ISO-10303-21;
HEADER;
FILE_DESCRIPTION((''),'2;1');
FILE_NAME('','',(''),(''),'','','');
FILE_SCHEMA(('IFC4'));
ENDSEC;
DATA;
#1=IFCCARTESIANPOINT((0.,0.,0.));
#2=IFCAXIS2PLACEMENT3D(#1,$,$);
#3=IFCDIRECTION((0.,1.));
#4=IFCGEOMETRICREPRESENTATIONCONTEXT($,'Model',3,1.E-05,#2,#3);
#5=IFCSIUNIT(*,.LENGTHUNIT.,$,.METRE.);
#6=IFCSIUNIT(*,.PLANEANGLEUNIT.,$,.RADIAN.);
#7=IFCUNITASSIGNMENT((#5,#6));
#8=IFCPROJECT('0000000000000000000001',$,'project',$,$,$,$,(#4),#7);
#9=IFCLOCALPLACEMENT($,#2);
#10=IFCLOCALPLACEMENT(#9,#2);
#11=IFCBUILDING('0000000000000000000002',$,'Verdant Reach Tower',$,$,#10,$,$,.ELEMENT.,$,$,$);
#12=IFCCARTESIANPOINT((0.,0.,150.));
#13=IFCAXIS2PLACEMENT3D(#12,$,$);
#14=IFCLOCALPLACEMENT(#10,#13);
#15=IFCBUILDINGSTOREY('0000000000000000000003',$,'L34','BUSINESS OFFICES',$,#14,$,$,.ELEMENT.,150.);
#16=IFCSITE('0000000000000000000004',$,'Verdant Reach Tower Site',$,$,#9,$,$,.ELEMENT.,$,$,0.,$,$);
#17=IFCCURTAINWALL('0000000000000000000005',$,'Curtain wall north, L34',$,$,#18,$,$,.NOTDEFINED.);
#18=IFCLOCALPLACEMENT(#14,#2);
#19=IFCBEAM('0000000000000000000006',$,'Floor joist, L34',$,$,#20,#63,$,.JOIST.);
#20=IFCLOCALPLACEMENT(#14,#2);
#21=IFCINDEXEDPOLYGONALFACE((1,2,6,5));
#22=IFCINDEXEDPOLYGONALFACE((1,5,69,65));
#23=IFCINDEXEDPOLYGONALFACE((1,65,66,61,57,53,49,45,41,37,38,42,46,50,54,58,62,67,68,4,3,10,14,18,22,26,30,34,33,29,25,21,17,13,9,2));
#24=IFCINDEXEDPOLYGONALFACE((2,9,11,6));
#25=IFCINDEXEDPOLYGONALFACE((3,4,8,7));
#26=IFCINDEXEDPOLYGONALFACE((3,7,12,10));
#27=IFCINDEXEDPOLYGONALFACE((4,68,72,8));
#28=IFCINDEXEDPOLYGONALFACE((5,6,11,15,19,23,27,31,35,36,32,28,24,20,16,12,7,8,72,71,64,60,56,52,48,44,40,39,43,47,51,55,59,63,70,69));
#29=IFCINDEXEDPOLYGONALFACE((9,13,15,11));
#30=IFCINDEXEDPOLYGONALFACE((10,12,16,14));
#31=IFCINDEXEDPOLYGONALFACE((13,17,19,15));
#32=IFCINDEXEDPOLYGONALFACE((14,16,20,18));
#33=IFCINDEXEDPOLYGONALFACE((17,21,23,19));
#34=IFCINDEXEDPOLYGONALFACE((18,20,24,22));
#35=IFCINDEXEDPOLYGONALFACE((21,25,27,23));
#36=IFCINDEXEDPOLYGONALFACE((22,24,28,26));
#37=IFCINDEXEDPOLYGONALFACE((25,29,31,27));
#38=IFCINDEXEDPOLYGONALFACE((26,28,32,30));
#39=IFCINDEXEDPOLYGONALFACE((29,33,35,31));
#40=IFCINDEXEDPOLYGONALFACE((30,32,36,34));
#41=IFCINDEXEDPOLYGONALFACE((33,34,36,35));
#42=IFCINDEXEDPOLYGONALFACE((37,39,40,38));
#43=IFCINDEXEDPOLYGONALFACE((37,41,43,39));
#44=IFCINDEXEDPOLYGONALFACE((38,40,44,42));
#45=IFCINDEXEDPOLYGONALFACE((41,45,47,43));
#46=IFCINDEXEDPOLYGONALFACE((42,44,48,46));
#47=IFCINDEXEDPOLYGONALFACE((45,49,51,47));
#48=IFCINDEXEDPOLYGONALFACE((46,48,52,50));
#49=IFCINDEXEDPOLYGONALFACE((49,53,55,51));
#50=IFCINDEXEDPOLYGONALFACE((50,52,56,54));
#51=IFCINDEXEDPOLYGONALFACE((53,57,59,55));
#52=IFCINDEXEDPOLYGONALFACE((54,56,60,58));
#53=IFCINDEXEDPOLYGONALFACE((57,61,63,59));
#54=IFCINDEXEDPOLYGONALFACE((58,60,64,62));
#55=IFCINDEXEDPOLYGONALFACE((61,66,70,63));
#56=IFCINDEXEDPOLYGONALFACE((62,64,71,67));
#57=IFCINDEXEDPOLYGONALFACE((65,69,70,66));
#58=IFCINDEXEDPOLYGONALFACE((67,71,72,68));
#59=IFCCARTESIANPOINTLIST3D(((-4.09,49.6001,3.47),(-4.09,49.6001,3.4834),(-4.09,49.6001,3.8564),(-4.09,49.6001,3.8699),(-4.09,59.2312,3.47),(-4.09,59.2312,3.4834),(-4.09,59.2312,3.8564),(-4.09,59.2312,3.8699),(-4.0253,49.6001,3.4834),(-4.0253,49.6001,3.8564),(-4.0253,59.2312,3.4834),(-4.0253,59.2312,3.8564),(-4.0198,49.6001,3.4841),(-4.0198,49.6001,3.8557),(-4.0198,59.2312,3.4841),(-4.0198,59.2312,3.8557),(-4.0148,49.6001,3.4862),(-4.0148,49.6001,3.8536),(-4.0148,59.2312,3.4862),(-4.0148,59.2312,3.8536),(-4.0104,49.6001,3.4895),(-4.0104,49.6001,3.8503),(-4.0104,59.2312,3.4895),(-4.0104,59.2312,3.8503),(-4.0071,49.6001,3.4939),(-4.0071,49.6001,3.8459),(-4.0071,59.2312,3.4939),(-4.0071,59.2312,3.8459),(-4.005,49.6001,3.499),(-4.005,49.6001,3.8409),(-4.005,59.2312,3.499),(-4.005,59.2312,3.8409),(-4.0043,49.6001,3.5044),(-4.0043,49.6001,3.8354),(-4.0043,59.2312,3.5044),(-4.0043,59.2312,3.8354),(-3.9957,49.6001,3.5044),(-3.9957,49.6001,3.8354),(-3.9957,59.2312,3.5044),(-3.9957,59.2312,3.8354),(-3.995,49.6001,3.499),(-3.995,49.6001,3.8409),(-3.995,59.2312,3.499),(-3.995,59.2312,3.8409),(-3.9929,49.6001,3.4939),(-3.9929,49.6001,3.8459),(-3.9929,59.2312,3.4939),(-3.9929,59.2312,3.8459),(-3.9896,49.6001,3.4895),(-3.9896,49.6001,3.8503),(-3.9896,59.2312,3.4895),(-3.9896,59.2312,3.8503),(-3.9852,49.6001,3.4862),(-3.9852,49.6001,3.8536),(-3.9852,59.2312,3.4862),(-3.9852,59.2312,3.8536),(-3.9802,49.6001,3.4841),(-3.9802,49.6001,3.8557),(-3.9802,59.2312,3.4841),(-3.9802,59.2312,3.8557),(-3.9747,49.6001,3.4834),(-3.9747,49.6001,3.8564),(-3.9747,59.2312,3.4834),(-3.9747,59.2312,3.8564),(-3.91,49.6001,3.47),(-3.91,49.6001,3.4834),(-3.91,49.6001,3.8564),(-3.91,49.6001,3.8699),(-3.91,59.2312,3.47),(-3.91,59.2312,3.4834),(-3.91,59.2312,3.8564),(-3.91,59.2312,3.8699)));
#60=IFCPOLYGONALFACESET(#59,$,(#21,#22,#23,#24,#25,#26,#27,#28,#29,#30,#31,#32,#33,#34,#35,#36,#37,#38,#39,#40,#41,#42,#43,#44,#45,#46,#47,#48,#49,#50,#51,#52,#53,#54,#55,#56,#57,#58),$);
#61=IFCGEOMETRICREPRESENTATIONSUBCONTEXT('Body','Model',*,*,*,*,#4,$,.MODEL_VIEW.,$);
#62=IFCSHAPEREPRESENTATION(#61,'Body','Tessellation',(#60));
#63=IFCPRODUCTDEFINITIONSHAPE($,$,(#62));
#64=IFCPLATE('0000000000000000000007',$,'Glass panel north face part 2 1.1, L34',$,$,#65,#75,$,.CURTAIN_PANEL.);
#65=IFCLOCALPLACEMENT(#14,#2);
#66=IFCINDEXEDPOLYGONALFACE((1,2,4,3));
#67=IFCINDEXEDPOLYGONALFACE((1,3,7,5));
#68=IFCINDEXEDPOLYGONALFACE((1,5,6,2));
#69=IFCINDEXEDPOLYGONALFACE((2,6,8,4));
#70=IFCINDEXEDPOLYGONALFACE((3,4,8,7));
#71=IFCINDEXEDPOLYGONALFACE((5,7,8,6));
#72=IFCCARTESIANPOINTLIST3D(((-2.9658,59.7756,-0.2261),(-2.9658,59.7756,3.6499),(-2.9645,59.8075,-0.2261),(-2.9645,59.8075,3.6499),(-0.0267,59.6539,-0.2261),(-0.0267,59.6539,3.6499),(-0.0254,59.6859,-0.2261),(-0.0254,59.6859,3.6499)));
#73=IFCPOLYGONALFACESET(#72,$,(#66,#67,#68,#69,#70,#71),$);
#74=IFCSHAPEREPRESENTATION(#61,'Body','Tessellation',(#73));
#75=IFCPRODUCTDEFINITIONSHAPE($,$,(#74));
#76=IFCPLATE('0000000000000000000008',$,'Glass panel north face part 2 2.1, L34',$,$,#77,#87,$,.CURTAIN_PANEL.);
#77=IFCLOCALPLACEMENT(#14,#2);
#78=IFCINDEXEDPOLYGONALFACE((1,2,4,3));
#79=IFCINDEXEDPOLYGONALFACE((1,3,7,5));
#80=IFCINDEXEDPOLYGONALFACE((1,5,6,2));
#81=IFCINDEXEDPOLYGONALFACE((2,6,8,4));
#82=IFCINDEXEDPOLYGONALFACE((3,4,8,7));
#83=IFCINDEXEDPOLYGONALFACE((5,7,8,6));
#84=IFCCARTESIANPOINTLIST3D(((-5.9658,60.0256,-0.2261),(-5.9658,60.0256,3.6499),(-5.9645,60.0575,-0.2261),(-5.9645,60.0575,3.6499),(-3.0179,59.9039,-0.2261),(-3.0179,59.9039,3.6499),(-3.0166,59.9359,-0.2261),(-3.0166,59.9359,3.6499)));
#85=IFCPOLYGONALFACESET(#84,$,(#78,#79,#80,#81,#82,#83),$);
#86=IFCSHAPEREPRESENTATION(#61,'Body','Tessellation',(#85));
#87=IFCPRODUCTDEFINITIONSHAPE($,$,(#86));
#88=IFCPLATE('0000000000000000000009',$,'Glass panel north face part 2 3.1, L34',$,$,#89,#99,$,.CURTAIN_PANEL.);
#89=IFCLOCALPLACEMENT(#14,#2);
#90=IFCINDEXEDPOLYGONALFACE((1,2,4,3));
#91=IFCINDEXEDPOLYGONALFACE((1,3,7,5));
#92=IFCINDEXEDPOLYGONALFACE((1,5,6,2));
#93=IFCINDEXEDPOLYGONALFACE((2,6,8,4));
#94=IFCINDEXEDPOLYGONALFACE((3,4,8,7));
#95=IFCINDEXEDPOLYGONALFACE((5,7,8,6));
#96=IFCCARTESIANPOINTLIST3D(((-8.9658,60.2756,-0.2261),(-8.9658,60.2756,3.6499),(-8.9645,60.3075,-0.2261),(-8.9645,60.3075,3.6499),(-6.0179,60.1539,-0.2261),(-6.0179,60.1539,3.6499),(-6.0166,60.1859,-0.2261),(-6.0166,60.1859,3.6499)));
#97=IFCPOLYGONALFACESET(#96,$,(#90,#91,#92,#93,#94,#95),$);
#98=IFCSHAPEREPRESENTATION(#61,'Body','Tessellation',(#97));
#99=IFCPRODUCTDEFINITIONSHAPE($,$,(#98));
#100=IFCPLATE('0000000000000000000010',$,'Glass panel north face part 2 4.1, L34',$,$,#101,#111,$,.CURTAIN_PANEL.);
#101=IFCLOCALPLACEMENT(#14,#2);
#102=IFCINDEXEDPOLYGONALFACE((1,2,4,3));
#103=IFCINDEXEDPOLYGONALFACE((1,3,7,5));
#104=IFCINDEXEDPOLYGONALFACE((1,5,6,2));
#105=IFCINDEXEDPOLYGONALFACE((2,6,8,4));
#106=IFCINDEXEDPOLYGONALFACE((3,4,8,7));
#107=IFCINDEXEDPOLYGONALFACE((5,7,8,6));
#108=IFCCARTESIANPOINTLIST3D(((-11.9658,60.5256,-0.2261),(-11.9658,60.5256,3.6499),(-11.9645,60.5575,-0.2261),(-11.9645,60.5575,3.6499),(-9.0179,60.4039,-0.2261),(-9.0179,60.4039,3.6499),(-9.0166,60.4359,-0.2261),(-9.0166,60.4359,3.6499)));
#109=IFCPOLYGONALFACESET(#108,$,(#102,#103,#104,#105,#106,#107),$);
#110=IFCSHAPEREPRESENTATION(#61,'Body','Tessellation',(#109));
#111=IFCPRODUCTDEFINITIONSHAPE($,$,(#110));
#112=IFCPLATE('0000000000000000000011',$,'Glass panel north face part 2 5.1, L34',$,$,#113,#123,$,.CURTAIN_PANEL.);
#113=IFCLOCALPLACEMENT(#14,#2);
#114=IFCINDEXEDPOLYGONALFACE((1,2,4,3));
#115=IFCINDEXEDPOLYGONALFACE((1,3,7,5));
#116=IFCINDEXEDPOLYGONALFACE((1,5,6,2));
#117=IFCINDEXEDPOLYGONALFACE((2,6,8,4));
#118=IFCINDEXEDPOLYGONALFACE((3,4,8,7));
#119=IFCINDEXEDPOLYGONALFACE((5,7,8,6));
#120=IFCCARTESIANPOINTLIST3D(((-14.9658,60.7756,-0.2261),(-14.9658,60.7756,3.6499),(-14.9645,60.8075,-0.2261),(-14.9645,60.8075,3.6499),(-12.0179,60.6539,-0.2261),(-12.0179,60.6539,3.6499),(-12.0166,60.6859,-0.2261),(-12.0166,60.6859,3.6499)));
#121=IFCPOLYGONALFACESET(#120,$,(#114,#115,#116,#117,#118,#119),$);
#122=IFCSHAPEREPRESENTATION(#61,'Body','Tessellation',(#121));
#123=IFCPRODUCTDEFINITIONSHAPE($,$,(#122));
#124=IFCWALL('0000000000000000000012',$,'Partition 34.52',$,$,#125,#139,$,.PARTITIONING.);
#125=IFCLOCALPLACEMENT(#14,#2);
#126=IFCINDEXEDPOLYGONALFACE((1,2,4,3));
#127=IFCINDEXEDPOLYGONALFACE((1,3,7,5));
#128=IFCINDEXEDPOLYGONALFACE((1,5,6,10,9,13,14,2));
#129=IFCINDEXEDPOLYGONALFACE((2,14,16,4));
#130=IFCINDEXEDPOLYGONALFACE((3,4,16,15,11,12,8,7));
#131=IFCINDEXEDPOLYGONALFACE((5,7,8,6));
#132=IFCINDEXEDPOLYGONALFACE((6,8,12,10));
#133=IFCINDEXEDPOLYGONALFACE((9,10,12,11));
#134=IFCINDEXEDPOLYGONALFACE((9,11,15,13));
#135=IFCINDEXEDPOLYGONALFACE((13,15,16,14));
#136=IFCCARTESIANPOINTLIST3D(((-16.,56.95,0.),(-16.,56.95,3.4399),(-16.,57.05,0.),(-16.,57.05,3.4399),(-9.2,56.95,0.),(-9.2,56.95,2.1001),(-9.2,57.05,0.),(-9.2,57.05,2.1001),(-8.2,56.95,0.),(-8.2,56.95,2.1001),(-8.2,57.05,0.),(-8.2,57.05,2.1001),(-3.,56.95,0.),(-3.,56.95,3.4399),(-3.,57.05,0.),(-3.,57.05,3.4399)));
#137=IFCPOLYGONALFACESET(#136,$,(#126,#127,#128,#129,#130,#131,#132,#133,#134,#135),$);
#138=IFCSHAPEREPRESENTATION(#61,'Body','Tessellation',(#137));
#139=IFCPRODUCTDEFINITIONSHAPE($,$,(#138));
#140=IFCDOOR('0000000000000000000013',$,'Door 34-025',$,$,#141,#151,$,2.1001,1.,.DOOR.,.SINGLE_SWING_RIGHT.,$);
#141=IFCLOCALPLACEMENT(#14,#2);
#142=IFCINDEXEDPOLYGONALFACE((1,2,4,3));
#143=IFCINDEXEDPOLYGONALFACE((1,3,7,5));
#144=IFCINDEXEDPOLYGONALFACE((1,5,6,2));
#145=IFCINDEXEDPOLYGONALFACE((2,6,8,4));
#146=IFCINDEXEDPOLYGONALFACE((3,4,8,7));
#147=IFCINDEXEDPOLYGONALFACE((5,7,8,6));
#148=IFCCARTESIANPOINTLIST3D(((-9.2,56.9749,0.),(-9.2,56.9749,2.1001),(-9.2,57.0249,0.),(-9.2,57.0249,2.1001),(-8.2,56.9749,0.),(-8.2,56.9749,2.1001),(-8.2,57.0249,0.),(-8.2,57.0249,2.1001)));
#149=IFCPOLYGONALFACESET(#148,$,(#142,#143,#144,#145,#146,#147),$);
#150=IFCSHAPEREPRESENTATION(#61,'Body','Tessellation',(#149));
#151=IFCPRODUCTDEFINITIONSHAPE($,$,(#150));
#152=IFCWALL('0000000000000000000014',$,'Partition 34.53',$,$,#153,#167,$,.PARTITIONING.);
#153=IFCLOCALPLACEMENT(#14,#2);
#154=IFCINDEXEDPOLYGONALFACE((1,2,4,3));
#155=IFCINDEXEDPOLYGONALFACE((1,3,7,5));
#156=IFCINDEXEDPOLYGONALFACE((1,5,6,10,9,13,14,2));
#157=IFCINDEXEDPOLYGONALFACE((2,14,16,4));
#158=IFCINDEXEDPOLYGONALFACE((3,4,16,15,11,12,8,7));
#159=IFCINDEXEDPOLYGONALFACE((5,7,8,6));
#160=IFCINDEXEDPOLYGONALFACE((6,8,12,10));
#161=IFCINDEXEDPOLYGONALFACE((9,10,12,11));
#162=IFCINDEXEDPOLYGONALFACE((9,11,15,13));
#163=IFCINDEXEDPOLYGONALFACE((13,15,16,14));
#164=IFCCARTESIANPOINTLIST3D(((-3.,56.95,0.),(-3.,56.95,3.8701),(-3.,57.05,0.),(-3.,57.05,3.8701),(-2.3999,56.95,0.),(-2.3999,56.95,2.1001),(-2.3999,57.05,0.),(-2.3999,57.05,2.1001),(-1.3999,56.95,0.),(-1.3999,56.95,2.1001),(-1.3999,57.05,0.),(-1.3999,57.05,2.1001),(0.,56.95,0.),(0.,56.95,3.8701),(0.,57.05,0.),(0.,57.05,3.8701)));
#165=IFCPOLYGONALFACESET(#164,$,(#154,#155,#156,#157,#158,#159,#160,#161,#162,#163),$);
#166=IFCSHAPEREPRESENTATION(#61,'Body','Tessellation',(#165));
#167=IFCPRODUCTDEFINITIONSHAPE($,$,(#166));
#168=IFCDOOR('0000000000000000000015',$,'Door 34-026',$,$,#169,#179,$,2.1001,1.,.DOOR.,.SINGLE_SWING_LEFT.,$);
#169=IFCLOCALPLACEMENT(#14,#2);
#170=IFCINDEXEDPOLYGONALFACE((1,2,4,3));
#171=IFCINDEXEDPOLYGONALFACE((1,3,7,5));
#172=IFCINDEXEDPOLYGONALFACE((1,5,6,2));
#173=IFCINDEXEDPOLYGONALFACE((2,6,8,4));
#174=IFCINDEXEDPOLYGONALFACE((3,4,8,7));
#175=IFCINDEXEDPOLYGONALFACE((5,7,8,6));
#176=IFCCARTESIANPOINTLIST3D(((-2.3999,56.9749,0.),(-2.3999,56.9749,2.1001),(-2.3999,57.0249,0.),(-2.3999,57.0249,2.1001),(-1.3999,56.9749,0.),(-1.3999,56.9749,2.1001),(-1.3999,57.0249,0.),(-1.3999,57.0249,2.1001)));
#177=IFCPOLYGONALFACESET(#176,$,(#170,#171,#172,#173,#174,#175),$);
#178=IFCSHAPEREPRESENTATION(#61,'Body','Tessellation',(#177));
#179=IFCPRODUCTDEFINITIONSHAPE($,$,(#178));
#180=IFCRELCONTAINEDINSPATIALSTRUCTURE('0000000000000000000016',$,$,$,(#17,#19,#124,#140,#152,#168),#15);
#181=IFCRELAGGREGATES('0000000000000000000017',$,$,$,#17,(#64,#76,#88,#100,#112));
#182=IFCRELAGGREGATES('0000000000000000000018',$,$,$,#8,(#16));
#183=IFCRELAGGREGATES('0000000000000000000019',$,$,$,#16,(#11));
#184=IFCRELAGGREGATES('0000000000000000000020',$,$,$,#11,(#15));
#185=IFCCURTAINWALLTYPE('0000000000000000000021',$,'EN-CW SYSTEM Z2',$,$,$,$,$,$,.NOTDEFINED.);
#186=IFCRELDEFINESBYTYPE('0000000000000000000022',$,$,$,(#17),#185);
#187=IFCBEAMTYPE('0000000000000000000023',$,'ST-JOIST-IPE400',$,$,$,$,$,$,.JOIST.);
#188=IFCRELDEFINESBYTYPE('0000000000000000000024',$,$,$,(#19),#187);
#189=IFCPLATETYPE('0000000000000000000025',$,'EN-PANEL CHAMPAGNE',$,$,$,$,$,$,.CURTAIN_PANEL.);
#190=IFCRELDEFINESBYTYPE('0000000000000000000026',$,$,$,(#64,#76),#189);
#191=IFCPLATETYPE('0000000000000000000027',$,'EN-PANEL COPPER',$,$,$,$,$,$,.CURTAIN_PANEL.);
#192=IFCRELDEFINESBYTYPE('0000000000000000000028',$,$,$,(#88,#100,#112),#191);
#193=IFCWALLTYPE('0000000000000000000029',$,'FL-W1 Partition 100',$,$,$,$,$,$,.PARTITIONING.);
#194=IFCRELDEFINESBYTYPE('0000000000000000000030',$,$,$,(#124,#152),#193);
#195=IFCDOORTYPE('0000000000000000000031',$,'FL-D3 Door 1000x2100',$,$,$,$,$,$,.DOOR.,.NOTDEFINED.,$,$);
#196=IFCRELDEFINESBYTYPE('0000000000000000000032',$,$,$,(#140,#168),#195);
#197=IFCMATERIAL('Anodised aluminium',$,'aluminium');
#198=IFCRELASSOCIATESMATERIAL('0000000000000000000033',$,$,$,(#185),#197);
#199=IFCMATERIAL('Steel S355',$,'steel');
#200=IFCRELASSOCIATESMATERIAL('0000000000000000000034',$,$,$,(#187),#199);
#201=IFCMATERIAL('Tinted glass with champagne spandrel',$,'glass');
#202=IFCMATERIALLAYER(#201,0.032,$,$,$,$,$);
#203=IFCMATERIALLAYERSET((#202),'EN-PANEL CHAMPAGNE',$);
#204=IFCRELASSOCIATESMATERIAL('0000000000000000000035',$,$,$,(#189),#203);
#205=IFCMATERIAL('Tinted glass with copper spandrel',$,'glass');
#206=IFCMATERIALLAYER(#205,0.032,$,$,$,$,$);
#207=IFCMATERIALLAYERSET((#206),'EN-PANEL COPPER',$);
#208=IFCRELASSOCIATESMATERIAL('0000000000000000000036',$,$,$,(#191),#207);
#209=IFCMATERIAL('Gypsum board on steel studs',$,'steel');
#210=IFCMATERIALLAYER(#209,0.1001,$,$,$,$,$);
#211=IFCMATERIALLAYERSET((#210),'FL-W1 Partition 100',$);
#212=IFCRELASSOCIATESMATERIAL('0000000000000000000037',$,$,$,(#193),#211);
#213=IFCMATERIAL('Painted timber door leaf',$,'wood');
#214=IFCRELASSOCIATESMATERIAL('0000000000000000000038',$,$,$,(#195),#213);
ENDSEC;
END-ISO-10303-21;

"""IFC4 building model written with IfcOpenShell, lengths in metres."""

from ifc_helpers import new_model, si_unit, direction, frame, frame_2d, origin, origin_2d, place, context, subcontext, project, spatial, rectangle, i_section, extrude, material, layer, layer_set, material_profile, profile_set, type_object, element, fill, aggregate, save


model = new_model("IFC4")

# Units and contexts
model_context = context("Model", 3, precision=1e-05, world=origin(), true_north=direction((0.0, 1.0)))
body_context = subcontext(model_context, "Body", "Model", "MODEL_VIEW")
ifc_project = project(units=[si_unit("LENGTHUNIT", "METRE"), si_unit("PLANEANGLEUNIT", "RADIAN")], contexts=[model_context])

# Site, building, storey
site_placement = place(None, origin())
site = spatial("IfcSite", under=ifc_project, at=site_placement, Name="Verdant Reach Tower Site", CompositionType="ELEMENT", RefElevation=0.0)
building_placement = place(site_placement, origin())
building = spatial("IfcBuilding", under=site, at=building_placement, Name="Verdant Reach Tower", CompositionType="ELEMENT")
storey_placement = place(building_placement, frame((0.0, 0.0, 150.0)))
storey = spatial("IfcBuildingStorey", under=building, at=storey_placement, Name="L34", Description="BUSINESS OFFICES", CompositionType="ELEMENT", Elevation=150.0)

# Curtain wall
ifc_material_1 = material(Name="Anodised aluminium", Category="aluminium")
curtain_wall_type = type_object("IfcCurtainWallType", Name="EN-CW SYSTEM Z2", PredefinedType="NOTDEFINED", material=ifc_material_1)
curtain_wall_placement = place(storey_placement, origin())
curtain_wall = element("IfcCurtainWall", 1, at=curtain_wall_placement, inside=storey, type_object=curtain_wall_type, Name="Curtain wall north, L34", PredefinedType="NOTDEFINED")

# Beam
ifc_material_2 = material(Name="Steel S355", Category="steel")
ifc_material_profile_1 = material_profile(ifc_material_2, i_section(OverallWidth=0.1799, OverallDepth=0.3999, WebThickness=0.0085, FlangeThickness=0.0134, FilletRadius=0.021, at=origin_2d()), Name="IPE 400")
ifc_profile_set_1 = profile_set([ifc_material_profile_1], Name="Steel S355")
beam_type_1 = type_object("IfcBeamType", Name="ST-JOIST-IPE400", PredefinedType="JOIST", material=ifc_profile_set_1)
beam_1_placement = place(storey_placement, frame((-4.0, 49.6001, 3.6699), z_axis=(0.0, 1.0, 0.0), x_axis=(-1.0, 0.0, 0.0)))
element("IfcBeam", 2, at=beam_1_placement, inside=storey, type_object=beam_type_1, Name="Floor joist, L34", PredefinedType="JOIST", context=body_context, shape_type="SweptSolid", body=[
    extrude(i_section(OverallWidth=0.1799, OverallDepth=0.3999, WebThickness=0.0085, FlangeThickness=0.0134, FilletRadius=0.021, at=origin_2d()), origin(), (0.0, 0.0, 1.0), 9.6311),
])

# Plates
ifc_material_3 = material(Name="Tinted glass with champagne spandrel", Category="glass")
ifc_layer_1 = layer(ifc_material_3, 0.032)
ifc_layer_set_1 = layer_set([ifc_layer_1], Name="EN-PANEL CHAMPAGNE")
plate_type_1 = type_object("IfcPlateType", Name="EN-PANEL CHAMPAGNE", PredefinedType="CURTAIN_PANEL", material=ifc_layer_set_1)
plate_1_placement = place(storey_placement, frame((-1.4956, 59.7307, -0.2261), z_axis=(0.0, 0.0, 1.0), x_axis=(-0.999144, 0.041364, 0.0)))
plate_1 = element("IfcPlate", 3, at=plate_1_placement, type_object=plate_type_1, Name="Glass panel north face part 2 1.1, L34", PredefinedType="CURTAIN_PANEL", context=body_context, shape_type="SweptSolid", body=[
    extrude(rectangle(XDim=2.9417, YDim=0.032, at=origin_2d()), origin(), (0.0, 0.0, 1.0), 3.876),
])
plate_2_placement = place(storey_placement, frame((-4.4912, 59.9807, -0.2261), z_axis=(0.0, 0.0, 1.0), x_axis=(-0.999149, 0.041242, 0.0)))
plate_2 = element("IfcPlate", 4, at=plate_2_placement, type_object=plate_type_1, Name="Glass panel north face part 2 2.1, L34", PredefinedType="CURTAIN_PANEL", context=body_context, shape_type="SweptSolid", body=[
    extrude(rectangle(XDim=2.9504, YDim=0.032, at=origin_2d()), origin(), (0.0, 0.0, 1.0), 3.876),
])
ifc_material_4 = material(Name="Tinted glass with copper spandrel", Category="glass")
ifc_layer_2 = layer(ifc_material_4, 0.032)
ifc_layer_set_2 = layer_set([ifc_layer_2], Name="EN-PANEL COPPER")
plate_type_2 = type_object("IfcPlateType", Name="EN-PANEL COPPER", PredefinedType="CURTAIN_PANEL", material=ifc_layer_set_2)
plate_3_placement = place(storey_placement, frame((-7.4912, 60.2307, -0.2261), z_axis=(0.0, 0.0, 1.0), x_axis=(-0.999149, 0.041242, 0.0)))
plate_3 = element("IfcPlate", 5, at=plate_3_placement, type_object=plate_type_2, Name="Glass panel north face part 2 3.1, L34", PredefinedType="CURTAIN_PANEL", context=body_context, shape_type="SweptSolid", body=[
    extrude(rectangle(XDim=2.9504, YDim=0.032, at=origin_2d()), origin(), (0.0, 0.0, 1.0), 3.876),
])
plate_4_placement = place(storey_placement, frame((-10.4912, 60.4807, -0.2261), z_axis=(0.0, 0.0, 1.0), x_axis=(-0.999149, 0.041242, 0.0)))
plate_4 = element("IfcPlate", 6, at=plate_4_placement, type_object=plate_type_2, Name="Glass panel north face part 2 4.1, L34", PredefinedType="CURTAIN_PANEL", context=body_context, shape_type="SweptSolid", body=[
    extrude(rectangle(XDim=2.9504, YDim=0.032, at=origin_2d()), origin(), (0.0, 0.0, 1.0), 3.876),
])
plate_5_placement = place(storey_placement, frame((-13.4912, 60.7307, -0.2261), z_axis=(0.0, 0.0, 1.0), x_axis=(-0.999149, 0.041242, 0.0)))
plate_5 = element("IfcPlate", 7, at=plate_5_placement, type_object=plate_type_2, Name="Glass panel north face part 2 5.1, L34", PredefinedType="CURTAIN_PANEL", context=body_context, shape_type="SweptSolid", body=[
    extrude(rectangle(XDim=2.9504, YDim=0.032, at=origin_2d()), origin(), (0.0, 0.0, 1.0), 3.876),
])
aggregate(curtain_wall, [plate_1, plate_2, plate_3, plate_4, plate_5])

# Walls, openings, doors
ifc_material_5 = material(Name="Gypsum board on steel studs", Category="steel")
ifc_layer_3 = layer(ifc_material_5, 0.1001)
ifc_layer_set_3 = layer_set([ifc_layer_3], Name="FL-W1 Partition 100")
wall_type = type_object("IfcWallType", Name="FL-W1 Partition 100", PredefinedType="PARTITIONING", material=ifc_layer_set_3)
wall_1_placement = place(storey_placement, frame((-16.0, 57.0, 0.0), z_axis=(0.0, 0.0, 1.0), x_axis=(1.0, 0.0, 0.0)))
wall_1 = element("IfcWall", 8, at=wall_1_placement, inside=storey, type_object=wall_type, Name="Partition 34.52", PredefinedType="PARTITIONING", context=body_context, shape_type="SweptSolid", body=[
    extrude(rectangle(XDim=13.0, YDim=0.1001, at=frame_2d((6.5, 0.0))), origin(), (0.0, 0.0, 1.0), 3.4399),
])
opening_1_placement = place(wall_1_placement, frame((6.8, 0.0, 0.0)))
opening_1 = element("IfcOpeningElement", 9, at=opening_1_placement, cuts=wall_1, PredefinedType="OPENING", context=body_context, shape_type="SweptSolid", body=[
    extrude(rectangle(XDim=1.0, YDim=2.1001, at=frame_2d((0.5, 1.05))), frame((0.0, 0.0601, 0.0), z_axis=(0.0, -1.0, 0.0), x_axis=(1.0, 0.0, 0.0)), (0.0, 0.0, 1.0), 0.1201),
])
ifc_material_6 = material(Name="Painted timber door leaf", Category="wood")
door_type = type_object("IfcDoorType", Name="FL-D3 Door 1000x2100", OperationType="NOTDEFINED", PredefinedType="DOOR", material=ifc_material_6)
door_1_placement = place(opening_1_placement, origin())
door_1 = element("IfcDoor", 10, at=door_1_placement, inside=storey, type_object=door_type, Name="Door 34-025", OperationType="SINGLE_SWING_RIGHT", OverallHeight=2.1001, OverallWidth=1.0, PredefinedType="DOOR", context=body_context, shape_type="SweptSolid", body=[
    extrude(rectangle(XDim=1.0, YDim=2.1001, at=frame_2d((0.5, 1.05))), frame((0.0, 0.0249, 0.0), z_axis=(0.0, -1.0, 0.0), x_axis=(1.0, 0.0, 0.0)), (0.0, 0.0, 1.0), 0.05),
])
fill(opening_1, door_1)
wall_2_placement = place(storey_placement, frame((-3.0, 57.0, 0.0), z_axis=(0.0, 0.0, 1.0), x_axis=(1.0, 0.0, 0.0)))
wall_2 = element("IfcWall", 11, at=wall_2_placement, inside=storey, type_object=wall_type, Name="Partition 34.53", PredefinedType="PARTITIONING", context=body_context, shape_type="SweptSolid", body=[
    extrude(rectangle(XDim=3.0, YDim=0.1001, at=frame_2d((1.5, 0.0))), origin(), (0.0, 0.0, 1.0), 3.8701),
])
opening_2_placement = place(wall_2_placement, frame((0.6001, 0.0, 0.0)))
opening_2 = element("IfcOpeningElement", 12, at=opening_2_placement, cuts=wall_2, PredefinedType="OPENING", context=body_context, shape_type="SweptSolid", body=[
    extrude(rectangle(XDim=1.0, YDim=2.1001, at=frame_2d((0.5, 1.05))), frame((0.0, 0.0601, 0.0), z_axis=(0.0, -1.0, 0.0), x_axis=(1.0, 0.0, 0.0)), (0.0, 0.0, 1.0), 0.1201),
])
door_2_placement = place(opening_2_placement, origin())
door_2 = element("IfcDoor", 13, at=door_2_placement, inside=storey, type_object=door_type, Name="Door 34-026", OperationType="SINGLE_SWING_LEFT", OverallHeight=2.1001, OverallWidth=1.0, PredefinedType="DOOR", context=body_context, shape_type="SweptSolid", body=[
    extrude(rectangle(XDim=1.0, YDim=2.1001, at=frame_2d((0.5, 1.05))), frame((0.0, 0.0249, 0.0), z_axis=(0.0, -1.0, 0.0), x_axis=(1.0, 0.0, 0.0)), (0.0, 0.0, 1.0), 0.05),
])
fill(opening_2, door_2)

save(model, "model.ifc")
